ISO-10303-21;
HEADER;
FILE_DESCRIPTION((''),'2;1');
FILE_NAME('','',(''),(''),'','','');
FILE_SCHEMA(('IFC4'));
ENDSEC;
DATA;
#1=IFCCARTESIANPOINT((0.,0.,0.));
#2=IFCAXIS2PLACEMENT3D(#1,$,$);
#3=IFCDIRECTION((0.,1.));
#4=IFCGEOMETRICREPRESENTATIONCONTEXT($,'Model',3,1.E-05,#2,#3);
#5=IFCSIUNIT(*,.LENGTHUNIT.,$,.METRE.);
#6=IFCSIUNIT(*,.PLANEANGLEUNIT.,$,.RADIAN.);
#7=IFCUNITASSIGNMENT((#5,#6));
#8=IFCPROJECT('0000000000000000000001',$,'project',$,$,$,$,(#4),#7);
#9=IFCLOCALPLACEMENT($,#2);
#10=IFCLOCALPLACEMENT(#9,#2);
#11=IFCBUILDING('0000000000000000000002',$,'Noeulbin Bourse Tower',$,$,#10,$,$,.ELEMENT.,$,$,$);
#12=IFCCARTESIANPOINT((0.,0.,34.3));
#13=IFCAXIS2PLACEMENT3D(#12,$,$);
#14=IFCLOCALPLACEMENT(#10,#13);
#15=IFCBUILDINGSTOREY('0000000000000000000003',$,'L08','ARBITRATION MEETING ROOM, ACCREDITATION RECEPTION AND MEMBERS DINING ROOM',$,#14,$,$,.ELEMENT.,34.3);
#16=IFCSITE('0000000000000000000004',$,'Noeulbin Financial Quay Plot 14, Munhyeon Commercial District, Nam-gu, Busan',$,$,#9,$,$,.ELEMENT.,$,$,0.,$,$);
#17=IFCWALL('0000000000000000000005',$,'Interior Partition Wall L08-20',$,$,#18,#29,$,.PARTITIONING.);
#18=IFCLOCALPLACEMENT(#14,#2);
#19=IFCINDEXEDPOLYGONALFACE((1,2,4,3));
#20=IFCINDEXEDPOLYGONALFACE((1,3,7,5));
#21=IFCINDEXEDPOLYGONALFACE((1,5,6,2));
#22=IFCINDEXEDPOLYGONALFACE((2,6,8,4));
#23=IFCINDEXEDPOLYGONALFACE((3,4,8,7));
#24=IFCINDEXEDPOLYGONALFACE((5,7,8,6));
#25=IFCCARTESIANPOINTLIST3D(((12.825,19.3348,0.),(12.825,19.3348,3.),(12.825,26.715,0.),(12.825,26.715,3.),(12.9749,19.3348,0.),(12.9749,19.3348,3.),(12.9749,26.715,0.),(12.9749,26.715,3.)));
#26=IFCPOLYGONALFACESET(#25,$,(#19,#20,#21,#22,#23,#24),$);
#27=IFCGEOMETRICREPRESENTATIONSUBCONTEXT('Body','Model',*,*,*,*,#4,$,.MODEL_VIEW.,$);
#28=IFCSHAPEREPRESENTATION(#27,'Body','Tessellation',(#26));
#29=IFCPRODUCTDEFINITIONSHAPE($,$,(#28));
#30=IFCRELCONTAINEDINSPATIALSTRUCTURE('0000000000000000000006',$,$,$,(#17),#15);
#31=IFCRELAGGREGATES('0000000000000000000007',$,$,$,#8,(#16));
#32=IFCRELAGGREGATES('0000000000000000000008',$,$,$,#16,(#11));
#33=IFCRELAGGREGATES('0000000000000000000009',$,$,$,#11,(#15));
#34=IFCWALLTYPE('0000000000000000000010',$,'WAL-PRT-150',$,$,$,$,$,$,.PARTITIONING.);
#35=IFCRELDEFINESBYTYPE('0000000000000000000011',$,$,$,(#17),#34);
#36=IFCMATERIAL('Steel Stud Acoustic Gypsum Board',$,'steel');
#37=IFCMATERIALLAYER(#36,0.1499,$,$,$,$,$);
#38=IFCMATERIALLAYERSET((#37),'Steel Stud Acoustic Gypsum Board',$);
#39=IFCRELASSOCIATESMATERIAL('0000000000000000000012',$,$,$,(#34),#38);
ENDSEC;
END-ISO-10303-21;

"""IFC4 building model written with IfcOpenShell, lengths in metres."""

from ifc_helpers import new_model, si_unit, direction, frame, frame_2d, origin, place, context, subcontext, project, spatial, rectangle, extrude, material, layer, layer_set, type_object, element, save


model = new_model("IFC4")

# Units and contexts
model_context = context("Model", 3, precision=1e-05, world=origin(), true_north=direction((0.0, 1.0)))
body_context = subcontext(model_context, "Body", "Model", "MODEL_VIEW")
ifc_project = project(units=[si_unit("LENGTHUNIT", "METRE"), si_unit("PLANEANGLEUNIT", "RADIAN")], contexts=[model_context])

# Site, building, storey
site_placement = place(None, origin())
site = spatial("IfcSite", under=ifc_project, at=site_placement, Name="Noeulbin Financial Quay Plot 14, Munhyeon Commercial District, Nam-gu, Busan", CompositionType="ELEMENT", RefElevation=0.0)
building_placement = place(site_placement, origin())
building = spatial("IfcBuilding", under=site, at=building_placement, Name="Noeulbin Bourse Tower", CompositionType="ELEMENT")
storey_placement = place(building_placement, frame((0.0, 0.0, 34.3)))
storey = spatial("IfcBuildingStorey", under=building, at=storey_placement, Name="L08", Description="ARBITRATION MEETING ROOM, ACCREDITATION RECEPTION AND MEMBERS DINING ROOM", CompositionType="ELEMENT", Elevation=34.3)

# Shared definitions
ifc_material_1 = material(Name="Steel Stud Acoustic Gypsum Board", Category="steel")
ifc_layer_1 = layer(ifc_material_1, 0.1499)
ifc_layer_set_1 = layer_set([ifc_layer_1], Name="Steel Stud Acoustic Gypsum Board")
wall_type = type_object("IfcWallType", Name="WAL-PRT-150", PredefinedType="PARTITIONING", material=ifc_layer_set_1)

# Wall
wall_1_placement = place(storey_placement, frame((12.8999, 19.335, 0.0), z_axis=(0.0, 0.0, 1.0), x_axis=(0.0, 1.0, 0.0)))
element("IfcWall", 1, at=wall_1_placement, inside=storey, type_object=wall_type, Name="Interior Partition Wall L08-20", PredefinedType="PARTITIONING", context=body_context, shape_type="SweptSolid", body=[
    extrude(rectangle(XDim=7.3801, YDim=0.1499, at=frame_2d((3.6899, 0.0))), origin(), (0.0, 0.0, 1.0), 3.0),
])

save(model, "model.ifc")
